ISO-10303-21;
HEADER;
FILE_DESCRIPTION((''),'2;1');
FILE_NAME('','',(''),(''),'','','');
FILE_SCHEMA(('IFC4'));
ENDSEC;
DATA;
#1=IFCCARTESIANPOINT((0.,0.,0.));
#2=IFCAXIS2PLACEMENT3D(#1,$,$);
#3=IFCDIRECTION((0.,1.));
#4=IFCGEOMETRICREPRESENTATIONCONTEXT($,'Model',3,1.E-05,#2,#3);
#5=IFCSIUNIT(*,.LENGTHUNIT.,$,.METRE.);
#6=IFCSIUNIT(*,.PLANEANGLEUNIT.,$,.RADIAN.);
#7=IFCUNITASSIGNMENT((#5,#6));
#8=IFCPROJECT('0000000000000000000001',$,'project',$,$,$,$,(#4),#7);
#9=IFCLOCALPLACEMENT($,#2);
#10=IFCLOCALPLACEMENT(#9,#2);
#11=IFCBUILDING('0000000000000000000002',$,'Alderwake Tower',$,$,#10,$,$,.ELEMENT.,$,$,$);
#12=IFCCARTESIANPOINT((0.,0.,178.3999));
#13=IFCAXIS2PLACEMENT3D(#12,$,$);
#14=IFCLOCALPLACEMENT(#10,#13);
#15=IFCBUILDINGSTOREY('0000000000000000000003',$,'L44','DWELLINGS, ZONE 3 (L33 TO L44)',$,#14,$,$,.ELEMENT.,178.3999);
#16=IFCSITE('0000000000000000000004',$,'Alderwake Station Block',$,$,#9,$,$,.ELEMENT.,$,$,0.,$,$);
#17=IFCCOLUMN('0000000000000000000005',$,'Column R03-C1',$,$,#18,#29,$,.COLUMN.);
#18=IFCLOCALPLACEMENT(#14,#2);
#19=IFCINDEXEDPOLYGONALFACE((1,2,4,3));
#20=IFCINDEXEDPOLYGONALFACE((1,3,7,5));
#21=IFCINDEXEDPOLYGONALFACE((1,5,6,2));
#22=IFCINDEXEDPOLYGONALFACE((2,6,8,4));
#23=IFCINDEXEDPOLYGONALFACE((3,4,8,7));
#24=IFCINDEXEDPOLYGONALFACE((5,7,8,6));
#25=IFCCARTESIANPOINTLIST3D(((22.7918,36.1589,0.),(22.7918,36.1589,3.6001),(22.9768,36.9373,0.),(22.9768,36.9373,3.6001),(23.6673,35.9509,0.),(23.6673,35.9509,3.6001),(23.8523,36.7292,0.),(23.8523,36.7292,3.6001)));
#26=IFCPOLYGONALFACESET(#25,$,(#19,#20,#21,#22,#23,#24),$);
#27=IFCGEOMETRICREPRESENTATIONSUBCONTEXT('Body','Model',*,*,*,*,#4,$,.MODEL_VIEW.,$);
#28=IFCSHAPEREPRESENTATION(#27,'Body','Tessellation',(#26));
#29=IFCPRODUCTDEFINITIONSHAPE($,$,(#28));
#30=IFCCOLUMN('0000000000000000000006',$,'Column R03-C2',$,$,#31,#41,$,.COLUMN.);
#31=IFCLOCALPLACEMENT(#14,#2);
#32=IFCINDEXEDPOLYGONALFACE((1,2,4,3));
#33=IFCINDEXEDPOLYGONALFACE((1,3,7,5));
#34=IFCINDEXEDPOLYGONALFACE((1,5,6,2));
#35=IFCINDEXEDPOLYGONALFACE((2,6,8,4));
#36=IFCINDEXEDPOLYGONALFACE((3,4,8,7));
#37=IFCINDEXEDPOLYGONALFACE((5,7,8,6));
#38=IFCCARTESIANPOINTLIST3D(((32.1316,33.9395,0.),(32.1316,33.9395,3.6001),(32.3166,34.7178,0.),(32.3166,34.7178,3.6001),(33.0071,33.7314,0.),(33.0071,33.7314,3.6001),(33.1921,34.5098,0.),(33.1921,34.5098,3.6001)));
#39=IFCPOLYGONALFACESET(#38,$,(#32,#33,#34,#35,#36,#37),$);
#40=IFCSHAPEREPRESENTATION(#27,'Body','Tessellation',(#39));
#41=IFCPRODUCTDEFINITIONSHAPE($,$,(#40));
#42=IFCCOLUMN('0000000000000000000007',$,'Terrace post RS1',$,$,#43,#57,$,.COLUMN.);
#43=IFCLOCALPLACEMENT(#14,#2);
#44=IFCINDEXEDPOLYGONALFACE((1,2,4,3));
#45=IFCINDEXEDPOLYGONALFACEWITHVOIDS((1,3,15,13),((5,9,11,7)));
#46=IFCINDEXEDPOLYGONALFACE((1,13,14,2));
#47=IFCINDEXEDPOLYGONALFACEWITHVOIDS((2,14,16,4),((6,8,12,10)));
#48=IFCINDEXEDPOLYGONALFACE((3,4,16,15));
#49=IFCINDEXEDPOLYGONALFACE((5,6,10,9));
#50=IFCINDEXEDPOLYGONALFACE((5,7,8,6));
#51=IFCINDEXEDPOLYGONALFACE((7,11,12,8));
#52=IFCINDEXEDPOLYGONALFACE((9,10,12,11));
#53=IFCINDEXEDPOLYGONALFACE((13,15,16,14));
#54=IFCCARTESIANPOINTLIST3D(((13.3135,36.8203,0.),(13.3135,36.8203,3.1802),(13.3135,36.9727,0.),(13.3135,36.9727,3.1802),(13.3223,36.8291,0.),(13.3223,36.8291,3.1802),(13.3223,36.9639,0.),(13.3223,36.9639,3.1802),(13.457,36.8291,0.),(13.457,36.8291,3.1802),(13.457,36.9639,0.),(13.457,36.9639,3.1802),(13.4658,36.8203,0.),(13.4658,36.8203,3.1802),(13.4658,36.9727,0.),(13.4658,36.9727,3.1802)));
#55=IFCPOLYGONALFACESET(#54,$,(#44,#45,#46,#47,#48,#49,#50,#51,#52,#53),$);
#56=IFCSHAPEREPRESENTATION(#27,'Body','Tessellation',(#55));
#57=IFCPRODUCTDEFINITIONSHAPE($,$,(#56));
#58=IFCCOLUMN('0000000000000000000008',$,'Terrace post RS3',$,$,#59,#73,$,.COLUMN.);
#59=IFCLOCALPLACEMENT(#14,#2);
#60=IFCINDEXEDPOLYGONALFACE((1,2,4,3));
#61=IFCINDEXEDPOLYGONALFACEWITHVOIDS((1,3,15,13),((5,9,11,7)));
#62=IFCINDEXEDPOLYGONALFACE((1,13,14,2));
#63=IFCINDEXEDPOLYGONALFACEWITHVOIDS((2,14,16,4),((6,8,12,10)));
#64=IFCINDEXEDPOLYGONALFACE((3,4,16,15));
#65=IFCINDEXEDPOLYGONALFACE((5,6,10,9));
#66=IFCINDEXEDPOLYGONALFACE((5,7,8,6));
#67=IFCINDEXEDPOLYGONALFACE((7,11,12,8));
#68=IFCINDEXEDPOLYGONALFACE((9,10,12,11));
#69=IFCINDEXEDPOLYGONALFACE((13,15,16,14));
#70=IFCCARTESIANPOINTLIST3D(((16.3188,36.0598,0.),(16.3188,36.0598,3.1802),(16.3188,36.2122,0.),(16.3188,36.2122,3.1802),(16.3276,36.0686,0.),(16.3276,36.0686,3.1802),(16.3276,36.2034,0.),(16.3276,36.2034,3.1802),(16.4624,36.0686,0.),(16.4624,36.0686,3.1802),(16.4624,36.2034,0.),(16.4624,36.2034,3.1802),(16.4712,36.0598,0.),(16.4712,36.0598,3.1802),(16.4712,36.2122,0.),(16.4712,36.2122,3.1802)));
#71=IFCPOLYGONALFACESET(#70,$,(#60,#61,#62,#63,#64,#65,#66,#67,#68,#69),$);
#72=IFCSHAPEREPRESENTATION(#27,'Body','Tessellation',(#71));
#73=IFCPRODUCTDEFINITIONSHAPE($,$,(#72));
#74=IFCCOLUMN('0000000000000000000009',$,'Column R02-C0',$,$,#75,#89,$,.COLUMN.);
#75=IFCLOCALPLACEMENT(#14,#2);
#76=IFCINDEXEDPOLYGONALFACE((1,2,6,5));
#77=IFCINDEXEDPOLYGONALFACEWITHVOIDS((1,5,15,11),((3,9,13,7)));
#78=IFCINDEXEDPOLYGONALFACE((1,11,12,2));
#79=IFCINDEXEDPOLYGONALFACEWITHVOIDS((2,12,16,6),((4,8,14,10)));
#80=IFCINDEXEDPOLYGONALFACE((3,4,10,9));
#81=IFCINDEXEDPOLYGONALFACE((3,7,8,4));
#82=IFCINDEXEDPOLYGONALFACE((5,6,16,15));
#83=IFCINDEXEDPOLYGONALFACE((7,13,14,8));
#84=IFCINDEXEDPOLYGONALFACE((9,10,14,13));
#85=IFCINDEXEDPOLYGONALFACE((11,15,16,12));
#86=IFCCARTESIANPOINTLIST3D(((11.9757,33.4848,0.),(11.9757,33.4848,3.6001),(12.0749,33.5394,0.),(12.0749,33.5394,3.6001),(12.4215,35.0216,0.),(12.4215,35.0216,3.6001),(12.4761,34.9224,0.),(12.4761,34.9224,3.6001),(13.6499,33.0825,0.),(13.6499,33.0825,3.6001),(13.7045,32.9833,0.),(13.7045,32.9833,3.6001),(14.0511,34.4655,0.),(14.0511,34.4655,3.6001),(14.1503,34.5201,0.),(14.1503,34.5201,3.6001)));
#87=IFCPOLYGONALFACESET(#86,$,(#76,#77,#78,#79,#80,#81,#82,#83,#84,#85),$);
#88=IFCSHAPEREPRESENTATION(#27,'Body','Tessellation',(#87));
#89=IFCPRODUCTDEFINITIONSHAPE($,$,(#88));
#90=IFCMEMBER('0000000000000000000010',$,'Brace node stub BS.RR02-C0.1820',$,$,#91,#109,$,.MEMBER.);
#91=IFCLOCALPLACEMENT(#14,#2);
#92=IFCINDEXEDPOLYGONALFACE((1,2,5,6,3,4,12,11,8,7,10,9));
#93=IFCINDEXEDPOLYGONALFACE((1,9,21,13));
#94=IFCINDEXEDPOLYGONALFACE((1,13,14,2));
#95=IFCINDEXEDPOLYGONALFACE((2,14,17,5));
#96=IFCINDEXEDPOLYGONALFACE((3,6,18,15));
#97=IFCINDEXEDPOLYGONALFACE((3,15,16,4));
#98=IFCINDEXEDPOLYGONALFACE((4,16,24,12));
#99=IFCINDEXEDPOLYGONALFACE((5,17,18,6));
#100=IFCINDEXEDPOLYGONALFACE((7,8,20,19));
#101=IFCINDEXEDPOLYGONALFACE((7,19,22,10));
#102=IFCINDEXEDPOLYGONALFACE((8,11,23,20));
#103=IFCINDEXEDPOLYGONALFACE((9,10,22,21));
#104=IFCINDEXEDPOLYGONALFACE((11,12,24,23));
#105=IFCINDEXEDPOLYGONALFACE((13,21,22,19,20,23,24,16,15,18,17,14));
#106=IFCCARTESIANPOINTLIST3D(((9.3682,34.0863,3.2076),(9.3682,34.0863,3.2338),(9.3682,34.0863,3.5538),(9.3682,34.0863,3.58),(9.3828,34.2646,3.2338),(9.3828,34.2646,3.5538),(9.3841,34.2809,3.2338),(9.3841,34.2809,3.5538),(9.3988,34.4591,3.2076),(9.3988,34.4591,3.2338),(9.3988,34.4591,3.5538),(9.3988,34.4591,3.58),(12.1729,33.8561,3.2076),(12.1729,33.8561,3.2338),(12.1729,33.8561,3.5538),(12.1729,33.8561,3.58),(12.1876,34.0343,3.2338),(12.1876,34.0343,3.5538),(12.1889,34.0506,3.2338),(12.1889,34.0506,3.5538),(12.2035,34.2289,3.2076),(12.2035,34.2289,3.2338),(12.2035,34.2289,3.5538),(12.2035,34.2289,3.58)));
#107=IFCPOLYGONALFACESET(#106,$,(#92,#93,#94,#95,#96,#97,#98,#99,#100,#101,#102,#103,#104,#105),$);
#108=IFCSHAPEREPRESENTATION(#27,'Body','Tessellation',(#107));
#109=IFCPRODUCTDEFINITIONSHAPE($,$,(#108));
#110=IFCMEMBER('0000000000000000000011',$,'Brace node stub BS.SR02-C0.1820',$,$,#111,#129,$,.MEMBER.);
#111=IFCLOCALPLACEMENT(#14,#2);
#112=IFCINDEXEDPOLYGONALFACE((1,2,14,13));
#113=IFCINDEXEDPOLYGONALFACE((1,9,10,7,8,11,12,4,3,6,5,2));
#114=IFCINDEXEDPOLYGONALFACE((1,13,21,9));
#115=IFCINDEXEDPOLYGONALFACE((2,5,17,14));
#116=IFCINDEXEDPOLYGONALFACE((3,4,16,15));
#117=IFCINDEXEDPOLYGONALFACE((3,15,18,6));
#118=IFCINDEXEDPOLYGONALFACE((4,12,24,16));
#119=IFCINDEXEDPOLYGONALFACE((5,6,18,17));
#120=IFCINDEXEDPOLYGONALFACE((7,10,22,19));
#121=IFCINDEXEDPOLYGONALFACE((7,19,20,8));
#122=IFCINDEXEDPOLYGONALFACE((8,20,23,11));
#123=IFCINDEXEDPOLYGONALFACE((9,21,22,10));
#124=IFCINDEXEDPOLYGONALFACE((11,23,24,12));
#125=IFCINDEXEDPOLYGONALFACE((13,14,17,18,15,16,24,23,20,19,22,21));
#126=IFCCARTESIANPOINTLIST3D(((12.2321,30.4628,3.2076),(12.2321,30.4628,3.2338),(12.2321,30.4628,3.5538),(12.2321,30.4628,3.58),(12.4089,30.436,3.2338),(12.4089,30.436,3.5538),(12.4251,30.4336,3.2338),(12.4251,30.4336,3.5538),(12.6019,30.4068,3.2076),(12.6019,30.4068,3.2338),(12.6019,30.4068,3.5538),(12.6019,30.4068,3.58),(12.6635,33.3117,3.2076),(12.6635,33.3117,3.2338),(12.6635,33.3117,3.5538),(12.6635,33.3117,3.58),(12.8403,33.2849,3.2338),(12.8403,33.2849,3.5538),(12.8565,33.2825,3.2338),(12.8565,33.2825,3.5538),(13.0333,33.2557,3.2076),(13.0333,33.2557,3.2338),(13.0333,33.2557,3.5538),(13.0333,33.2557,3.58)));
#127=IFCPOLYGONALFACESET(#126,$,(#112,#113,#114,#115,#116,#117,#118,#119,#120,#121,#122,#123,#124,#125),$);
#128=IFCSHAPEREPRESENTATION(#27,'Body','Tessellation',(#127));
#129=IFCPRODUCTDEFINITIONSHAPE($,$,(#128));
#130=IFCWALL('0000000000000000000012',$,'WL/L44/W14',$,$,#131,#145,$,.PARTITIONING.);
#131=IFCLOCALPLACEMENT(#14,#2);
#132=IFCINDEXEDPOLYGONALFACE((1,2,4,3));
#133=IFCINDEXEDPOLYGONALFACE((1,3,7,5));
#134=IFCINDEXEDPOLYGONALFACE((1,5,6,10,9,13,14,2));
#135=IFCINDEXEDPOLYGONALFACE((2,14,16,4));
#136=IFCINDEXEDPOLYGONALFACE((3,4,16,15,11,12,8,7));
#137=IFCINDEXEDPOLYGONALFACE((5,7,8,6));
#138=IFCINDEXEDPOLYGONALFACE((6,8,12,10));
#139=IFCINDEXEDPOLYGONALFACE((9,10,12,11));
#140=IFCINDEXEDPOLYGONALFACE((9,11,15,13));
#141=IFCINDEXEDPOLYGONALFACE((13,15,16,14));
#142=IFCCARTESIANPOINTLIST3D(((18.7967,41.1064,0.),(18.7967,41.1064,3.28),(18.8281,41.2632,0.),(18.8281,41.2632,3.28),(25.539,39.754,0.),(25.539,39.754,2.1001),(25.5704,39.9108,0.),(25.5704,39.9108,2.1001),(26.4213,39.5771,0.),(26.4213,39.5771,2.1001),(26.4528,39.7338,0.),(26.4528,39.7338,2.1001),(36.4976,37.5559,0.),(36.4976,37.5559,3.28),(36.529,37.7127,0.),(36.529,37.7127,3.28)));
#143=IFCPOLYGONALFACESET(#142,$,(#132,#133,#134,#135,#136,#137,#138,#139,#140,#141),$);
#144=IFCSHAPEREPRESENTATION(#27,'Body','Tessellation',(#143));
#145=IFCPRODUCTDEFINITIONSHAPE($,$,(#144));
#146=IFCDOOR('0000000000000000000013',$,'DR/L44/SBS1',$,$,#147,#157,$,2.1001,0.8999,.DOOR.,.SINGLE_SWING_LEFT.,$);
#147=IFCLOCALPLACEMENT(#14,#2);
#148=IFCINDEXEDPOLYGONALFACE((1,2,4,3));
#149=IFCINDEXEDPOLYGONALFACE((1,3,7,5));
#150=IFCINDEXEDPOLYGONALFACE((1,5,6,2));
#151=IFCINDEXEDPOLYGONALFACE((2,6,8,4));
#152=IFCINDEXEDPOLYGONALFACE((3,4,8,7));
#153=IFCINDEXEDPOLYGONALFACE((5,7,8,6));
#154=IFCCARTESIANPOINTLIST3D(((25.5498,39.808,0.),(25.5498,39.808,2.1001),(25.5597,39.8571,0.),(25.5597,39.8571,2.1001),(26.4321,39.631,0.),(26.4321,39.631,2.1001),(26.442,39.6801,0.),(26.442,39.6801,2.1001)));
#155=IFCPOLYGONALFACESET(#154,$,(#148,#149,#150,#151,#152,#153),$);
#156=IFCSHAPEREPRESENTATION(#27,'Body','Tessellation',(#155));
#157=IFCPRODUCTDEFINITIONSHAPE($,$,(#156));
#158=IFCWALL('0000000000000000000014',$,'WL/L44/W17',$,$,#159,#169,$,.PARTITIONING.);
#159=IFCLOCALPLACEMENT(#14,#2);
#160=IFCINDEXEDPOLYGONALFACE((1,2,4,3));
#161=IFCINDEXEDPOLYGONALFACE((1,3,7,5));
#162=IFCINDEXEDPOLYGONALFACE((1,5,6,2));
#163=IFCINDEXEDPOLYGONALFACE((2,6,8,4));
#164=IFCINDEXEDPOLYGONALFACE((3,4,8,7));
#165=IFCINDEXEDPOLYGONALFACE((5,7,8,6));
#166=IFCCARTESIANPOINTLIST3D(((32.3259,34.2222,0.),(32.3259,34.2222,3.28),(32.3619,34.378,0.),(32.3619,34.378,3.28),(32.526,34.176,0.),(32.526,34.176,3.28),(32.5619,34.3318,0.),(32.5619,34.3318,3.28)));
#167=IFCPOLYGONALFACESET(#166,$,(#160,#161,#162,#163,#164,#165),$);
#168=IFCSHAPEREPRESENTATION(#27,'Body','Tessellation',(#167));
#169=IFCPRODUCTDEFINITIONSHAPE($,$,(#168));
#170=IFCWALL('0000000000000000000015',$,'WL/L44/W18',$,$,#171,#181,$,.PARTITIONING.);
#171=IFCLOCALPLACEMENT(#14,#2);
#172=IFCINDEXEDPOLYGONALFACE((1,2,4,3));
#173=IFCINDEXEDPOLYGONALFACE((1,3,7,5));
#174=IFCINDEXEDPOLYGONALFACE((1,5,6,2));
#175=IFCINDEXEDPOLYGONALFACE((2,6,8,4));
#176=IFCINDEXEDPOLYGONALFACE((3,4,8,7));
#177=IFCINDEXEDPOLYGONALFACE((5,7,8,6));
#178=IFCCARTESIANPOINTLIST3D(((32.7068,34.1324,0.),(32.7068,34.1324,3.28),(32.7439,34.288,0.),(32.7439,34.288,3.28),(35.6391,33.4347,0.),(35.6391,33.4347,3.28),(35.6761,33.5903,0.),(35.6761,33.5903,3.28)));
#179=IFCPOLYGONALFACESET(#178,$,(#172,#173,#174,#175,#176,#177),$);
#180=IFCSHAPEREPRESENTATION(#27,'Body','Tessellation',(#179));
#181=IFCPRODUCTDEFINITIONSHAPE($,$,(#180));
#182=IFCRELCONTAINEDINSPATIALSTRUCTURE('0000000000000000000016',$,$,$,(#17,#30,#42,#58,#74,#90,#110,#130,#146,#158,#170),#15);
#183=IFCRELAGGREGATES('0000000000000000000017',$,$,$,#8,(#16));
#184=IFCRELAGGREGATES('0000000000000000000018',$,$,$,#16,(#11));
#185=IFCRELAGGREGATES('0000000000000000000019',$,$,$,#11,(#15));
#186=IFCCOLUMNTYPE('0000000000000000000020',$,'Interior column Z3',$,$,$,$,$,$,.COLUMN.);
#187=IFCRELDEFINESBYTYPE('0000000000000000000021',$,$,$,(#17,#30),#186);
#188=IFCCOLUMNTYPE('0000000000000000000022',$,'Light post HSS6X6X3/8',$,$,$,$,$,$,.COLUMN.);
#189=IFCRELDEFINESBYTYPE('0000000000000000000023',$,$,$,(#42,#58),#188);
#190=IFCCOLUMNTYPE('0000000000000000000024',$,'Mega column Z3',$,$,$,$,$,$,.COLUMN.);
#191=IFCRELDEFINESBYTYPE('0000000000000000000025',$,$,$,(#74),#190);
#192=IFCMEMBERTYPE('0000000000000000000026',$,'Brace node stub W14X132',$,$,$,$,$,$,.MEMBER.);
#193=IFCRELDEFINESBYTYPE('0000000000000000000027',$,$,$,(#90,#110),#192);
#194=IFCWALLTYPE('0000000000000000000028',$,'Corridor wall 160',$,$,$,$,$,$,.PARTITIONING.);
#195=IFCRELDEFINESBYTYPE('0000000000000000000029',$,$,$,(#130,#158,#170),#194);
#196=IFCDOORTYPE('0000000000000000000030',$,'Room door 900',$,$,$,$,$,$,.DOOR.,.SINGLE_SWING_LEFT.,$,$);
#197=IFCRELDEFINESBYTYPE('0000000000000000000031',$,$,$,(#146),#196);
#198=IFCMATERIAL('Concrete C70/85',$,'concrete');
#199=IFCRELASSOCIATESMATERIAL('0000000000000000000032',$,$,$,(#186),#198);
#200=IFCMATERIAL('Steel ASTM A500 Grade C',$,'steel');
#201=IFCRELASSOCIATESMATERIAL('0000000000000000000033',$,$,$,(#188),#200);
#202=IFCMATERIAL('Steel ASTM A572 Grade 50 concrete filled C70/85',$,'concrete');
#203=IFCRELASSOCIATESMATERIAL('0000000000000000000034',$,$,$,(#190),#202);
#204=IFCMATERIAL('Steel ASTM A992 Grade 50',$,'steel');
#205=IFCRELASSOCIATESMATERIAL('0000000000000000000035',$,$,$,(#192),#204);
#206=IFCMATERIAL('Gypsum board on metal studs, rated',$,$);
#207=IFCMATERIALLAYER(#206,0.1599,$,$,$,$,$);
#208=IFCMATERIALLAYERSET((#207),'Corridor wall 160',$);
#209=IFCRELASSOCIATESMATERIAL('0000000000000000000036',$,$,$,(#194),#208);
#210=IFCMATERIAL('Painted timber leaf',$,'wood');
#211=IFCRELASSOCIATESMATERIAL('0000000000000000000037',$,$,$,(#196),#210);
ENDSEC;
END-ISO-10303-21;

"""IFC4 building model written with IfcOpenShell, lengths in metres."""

from ifc_helpers import new_model, si_unit, direction, frame, frame_2d, origin, origin_2d, place, context, subcontext, project, spatial, rectangle, hollow_rectangle, i_section, extrude, material, layer, layer_set, material_profile, profile_set, type_object, element, fill, save


model = new_model("IFC4")

# Units and contexts
model_context = context("Model", 3, precision=1e-05, world=origin(), true_north=direction((0.0, 1.0)))
body_context = subcontext(model_context, "Body", "Model", "MODEL_VIEW")
ifc_project = project(units=[si_unit("LENGTHUNIT", "METRE"), si_unit("PLANEANGLEUNIT", "RADIAN")], contexts=[model_context])

# Site, building, storey
site_placement = place(None, origin())
site = spatial("IfcSite", under=ifc_project, at=site_placement, Name="Alderwake Station Block", CompositionType="ELEMENT", RefElevation=0.0)
building_placement = place(site_placement, origin())
building = spatial("IfcBuilding", under=site, at=building_placement, Name="Alderwake Tower", CompositionType="ELEMENT")
storey_placement = place(building_placement, frame((0.0, 0.0, 178.3999)))
storey = spatial("IfcBuildingStorey", under=building, at=storey_placement, Name="L44", Description="DWELLINGS, ZONE 3 (L33 TO L44)", CompositionType="ELEMENT", Elevation=178.3999)

# Columns
ifc_material_1 = material(Name="Concrete C70/85", Category="concrete")
ifc_material_profile_1 = material_profile(ifc_material_1, rectangle(XDim=0.8, YDim=0.8999, at=origin_2d()), Name="RC 900X800")
ifc_profile_set_1 = profile_set([ifc_material_profile_1], Name="Concrete C70/85")
column_type_1 = type_object("IfcColumnType", Name="Interior column Z3", PredefinedType="COLUMN", material=ifc_profile_set_1)
for number, where, z_axis, x_axis, name in (
    (1, (23.322, 36.4441, 0.0), (0.0, 0.0, 1.0), (0.231222, 0.972901, 0.0), "Column R03-C1"),
    (2, (32.6619, 34.2246, 0.0), (0.0, 0.0, 1.0), (0.231222, 0.972901, 0.0), "Column R03-C2"),
):
    element("IfcColumn", number, at=place(storey_placement, frame(where, z_axis=z_axis, x_axis=x_axis)), inside=storey, type_object=column_type_1, Name=name, PredefinedType="COLUMN", context=body_context, shape_type="SweptSolid", body=[
        extrude(rectangle(XDim=0.8, YDim=0.8999, at=origin_2d()), origin(), (0.0, 0.0, 1.0), 3.6001),
    ])
ifc_material_2 = material(Name="Steel ASTM A500 Grade C", Category="steel")
ifc_material_profile_2 = material_profile(ifc_material_2, hollow_rectangle(XDim=0.1523, YDim=0.1523, WallThickness=0.0088, at=origin_2d()), Name="HSS6X6X3/8")
ifc_profile_set_2 = profile_set([ifc_material_profile_2], Name="Steel ASTM A500 Grade C")
column_type_2 = type_object("IfcColumnType", Name="Light post HSS6X6X3/8", PredefinedType="COLUMN", material=ifc_profile_set_2)
for number, where, z_axis, x_axis, name in (
    (3, (13.3896, 36.8965, 0.0), (0.0, 0.0, 1.0), (1.0, 0.0, 0.0), "Terrace post RS1"),
    (4, (16.395, 36.136, 0.0), (0.0, 0.0, 1.0), (1.0, 0.0, 0.0), "Terrace post RS3"),
):
    element("IfcColumn", number, at=place(storey_placement, frame(where, z_axis=z_axis, x_axis=x_axis)), inside=storey, type_object=column_type_2, Name=name, PredefinedType="COLUMN", context=body_context, shape_type="SweptSolid", body=[
        extrude(hollow_rectangle(XDim=0.1523, YDim=0.1523, WallThickness=0.0088, at=origin_2d()), origin(), (0.0, 0.0, 1.0), 3.1802),
    ])
ifc_material_3 = material(Name="Steel ASTM A572 Grade 50 concrete filled C70/85", Category="concrete")
ifc_material_profile_3 = material_profile(ifc_material_3, hollow_rectangle(XDim=1.6001, YDim=1.8, WallThickness=0.0801, at=origin_2d()), Name="BOX 1800X1600X80")
ifc_profile_set_3 = profile_set([ifc_material_profile_3], Name="Steel ASTM A572 Grade 50 concrete filled C70/85")
column_type_3 = type_object("IfcColumnType", Name="Mega column Z3", PredefinedType="COLUMN", material=ifc_profile_set_3)
column_placement = place(storey_placement, frame((13.063, 34.0024, 0.0), z_axis=(0.0, 0.0, 1.0), x_axis=(0.278612, 0.960404, 0.0)))
element("IfcColumn", 5, at=column_placement, inside=storey, type_object=column_type_3, Name="Column R02-C0", PredefinedType="COLUMN", context=body_context, shape_type="SweptSolid", body=[
    extrude(hollow_rectangle(XDim=1.6001, YDim=1.8, WallThickness=0.0801, at=origin_2d()), origin(), (0.0, 0.0, 1.0), 3.6001),
])

# Members
ifc_material_4 = material(Name="Steel ASTM A992 Grade 50", Category="steel")
ifc_material_profile_4 = material_profile(ifc_material_4, i_section(OverallWidth=0.374, OverallDepth=0.3723, WebThickness=0.0164, FlangeThickness=0.0261, at=origin_2d()), Name="W14X132")
ifc_profile_set_4 = profile_set([ifc_material_profile_4], Name="Steel ASTM A992 Grade 50")
member_type = type_object("IfcMemberType", Name="Brace node stub W14X132", PredefinedType="MEMBER", material=ifc_profile_set_4)
member_1_placement = place(storey_placement, frame((12.1882, 34.0425, 3.3938), z_axis=(-0.996648, 0.08181, 0.0), x_axis=(-0.08181, -0.996648, 0.0)))
element("IfcMember", 6, at=member_1_placement, inside=storey, type_object=member_type, Name="Brace node stub BS.RR02-C0.1820", PredefinedType="MEMBER", context=body_context, shape_type="SweptSolid", body=[
    extrude(i_section(OverallWidth=0.374, OverallDepth=0.3723, WebThickness=0.0164, FlangeThickness=0.0261, at=origin_2d()), origin(), (0.0, 0.0, 1.0), 2.8142),
])
member_2_placement = place(storey_placement, frame((12.8484, 33.2837, 3.3938), z_axis=(-0.14972, -0.988728, 0.0), x_axis=(0.988728, -0.14972, 0.0)))
element("IfcMember", 7, at=member_2_placement, inside=storey, type_object=member_type, Name="Brace node stub BS.SR02-C0.1820", PredefinedType="MEMBER", context=body_context, shape_type="SweptSolid", body=[
    extrude(i_section(OverallWidth=0.374, OverallDepth=0.3723, WebThickness=0.0164, FlangeThickness=0.0261, at=origin_2d()), origin(), (0.0, 0.0, 1.0), 2.8813),
])

# Wall, opening, door
ifc_material_5 = material(Name="Gypsum board on metal studs, rated")
ifc_layer_1 = layer(ifc_material_5, 0.1599)
ifc_layer_set_1 = layer_set([ifc_layer_1], Name="Corridor wall 160")
wall_type_1 = type_object("IfcWallType", Name="Corridor wall 160", PredefinedType="PARTITIONING", material=ifc_layer_set_1)
wall_1_placement = place(storey_placement, frame((36.5134, 37.6343, 0.0), z_axis=(0.0, 0.0, 1.0), x_axis=(-0.98047, 0.196667, 0.0)))
wall_1 = element("IfcWall", 8, at=wall_1_placement, inside=storey, type_object=wall_type_1, Name="WL/L44/W14", PredefinedType="PARTITIONING", context=body_context, shape_type="SweptSolid", body=[
    extrude(rectangle(XDim=18.0535, YDim=0.1599, at=frame_2d((9.0269, 0.0))), origin(), (0.0, 0.0, 1.0), 3.28),
])
opening_1_placement = place(wall_1_placement, frame((10.2771, 0.0, 0.0)))
opening_1 = element("IfcOpeningElement", 9, at=opening_1_placement, cuts=wall_1, PredefinedType="OPENING", context=body_context, shape_type="SweptSolid", body=[
    extrude(rectangle(XDim=0.8999, YDim=2.1001, at=frame_2d((0.45, 1.05))), frame((0.0, 0.0898, 0.0), z_axis=(0.0, -1.0, 0.0), x_axis=(1.0, 0.0, 0.0)), (0.0, 0.0, 1.0), 0.1799),
])
ifc_material_6 = material(Name="Painted timber leaf", Category="wood")
door_type_1 = type_object("IfcDoorType", Name="Room door 900", OperationType="SINGLE_SWING_LEFT", PredefinedType="DOOR", material=ifc_material_6)
door_1_placement = place(opening_1_placement, origin())
door_1 = element("IfcDoor", 10, at=door_1_placement, inside=storey, type_object=door_type_1, Name="DR/L44/SBS1", OperationType="SINGLE_SWING_LEFT", OverallHeight=2.1001, OverallWidth=0.8999, PredefinedType="DOOR", context=body_context, shape_type="SweptSolid", body=[
    extrude(rectangle(XDim=0.8999, YDim=2.1001, at=frame_2d((0.45, 1.05))), frame((0.0, 0.0249, 0.0), z_axis=(0.0, -1.0, 0.0), x_axis=(1.0, 0.0, 0.0)), (0.0, 0.0, 1.0), 0.05),
])
fill(opening_1, door_1)

# Walls
wall_2_placement = place(storey_placement, frame((32.344, 34.3, 0.0), z_axis=(0.0, 0.0, 1.0), x_axis=(0.974391, -0.22486, 0.0)))
element("IfcWall", 11, at=wall_2_placement, inside=storey, type_object=wall_type_1, Name="WL/L44/W17", PredefinedType="PARTITIONING", context=body_context, shape_type="SweptSolid", body=[
    extrude(rectangle(XDim=0.2053, YDim=0.1599, at=frame_2d((0.1025, 0.0))), origin(), (0.0, 0.0, 1.0), 3.28),
])
wall_3_placement = place(storey_placement, frame((32.7253, 34.2102, 0.0), z_axis=(0.0, 0.0, 1.0), x_axis=(0.972838, -0.231485, 0.0)))
element("IfcWall", 12, at=wall_3_placement, inside=storey, type_object=wall_type_1, Name="WL/L44/W18", PredefinedType="PARTITIONING", context=body_context, shape_type="SweptSolid", body=[
    extrude(rectangle(XDim=3.0142, YDim=0.1599, at=frame_2d((1.5071, 0.0))), origin(), (0.0, 0.0, 1.0), 3.28),
])

save(model, "model.ifc")
